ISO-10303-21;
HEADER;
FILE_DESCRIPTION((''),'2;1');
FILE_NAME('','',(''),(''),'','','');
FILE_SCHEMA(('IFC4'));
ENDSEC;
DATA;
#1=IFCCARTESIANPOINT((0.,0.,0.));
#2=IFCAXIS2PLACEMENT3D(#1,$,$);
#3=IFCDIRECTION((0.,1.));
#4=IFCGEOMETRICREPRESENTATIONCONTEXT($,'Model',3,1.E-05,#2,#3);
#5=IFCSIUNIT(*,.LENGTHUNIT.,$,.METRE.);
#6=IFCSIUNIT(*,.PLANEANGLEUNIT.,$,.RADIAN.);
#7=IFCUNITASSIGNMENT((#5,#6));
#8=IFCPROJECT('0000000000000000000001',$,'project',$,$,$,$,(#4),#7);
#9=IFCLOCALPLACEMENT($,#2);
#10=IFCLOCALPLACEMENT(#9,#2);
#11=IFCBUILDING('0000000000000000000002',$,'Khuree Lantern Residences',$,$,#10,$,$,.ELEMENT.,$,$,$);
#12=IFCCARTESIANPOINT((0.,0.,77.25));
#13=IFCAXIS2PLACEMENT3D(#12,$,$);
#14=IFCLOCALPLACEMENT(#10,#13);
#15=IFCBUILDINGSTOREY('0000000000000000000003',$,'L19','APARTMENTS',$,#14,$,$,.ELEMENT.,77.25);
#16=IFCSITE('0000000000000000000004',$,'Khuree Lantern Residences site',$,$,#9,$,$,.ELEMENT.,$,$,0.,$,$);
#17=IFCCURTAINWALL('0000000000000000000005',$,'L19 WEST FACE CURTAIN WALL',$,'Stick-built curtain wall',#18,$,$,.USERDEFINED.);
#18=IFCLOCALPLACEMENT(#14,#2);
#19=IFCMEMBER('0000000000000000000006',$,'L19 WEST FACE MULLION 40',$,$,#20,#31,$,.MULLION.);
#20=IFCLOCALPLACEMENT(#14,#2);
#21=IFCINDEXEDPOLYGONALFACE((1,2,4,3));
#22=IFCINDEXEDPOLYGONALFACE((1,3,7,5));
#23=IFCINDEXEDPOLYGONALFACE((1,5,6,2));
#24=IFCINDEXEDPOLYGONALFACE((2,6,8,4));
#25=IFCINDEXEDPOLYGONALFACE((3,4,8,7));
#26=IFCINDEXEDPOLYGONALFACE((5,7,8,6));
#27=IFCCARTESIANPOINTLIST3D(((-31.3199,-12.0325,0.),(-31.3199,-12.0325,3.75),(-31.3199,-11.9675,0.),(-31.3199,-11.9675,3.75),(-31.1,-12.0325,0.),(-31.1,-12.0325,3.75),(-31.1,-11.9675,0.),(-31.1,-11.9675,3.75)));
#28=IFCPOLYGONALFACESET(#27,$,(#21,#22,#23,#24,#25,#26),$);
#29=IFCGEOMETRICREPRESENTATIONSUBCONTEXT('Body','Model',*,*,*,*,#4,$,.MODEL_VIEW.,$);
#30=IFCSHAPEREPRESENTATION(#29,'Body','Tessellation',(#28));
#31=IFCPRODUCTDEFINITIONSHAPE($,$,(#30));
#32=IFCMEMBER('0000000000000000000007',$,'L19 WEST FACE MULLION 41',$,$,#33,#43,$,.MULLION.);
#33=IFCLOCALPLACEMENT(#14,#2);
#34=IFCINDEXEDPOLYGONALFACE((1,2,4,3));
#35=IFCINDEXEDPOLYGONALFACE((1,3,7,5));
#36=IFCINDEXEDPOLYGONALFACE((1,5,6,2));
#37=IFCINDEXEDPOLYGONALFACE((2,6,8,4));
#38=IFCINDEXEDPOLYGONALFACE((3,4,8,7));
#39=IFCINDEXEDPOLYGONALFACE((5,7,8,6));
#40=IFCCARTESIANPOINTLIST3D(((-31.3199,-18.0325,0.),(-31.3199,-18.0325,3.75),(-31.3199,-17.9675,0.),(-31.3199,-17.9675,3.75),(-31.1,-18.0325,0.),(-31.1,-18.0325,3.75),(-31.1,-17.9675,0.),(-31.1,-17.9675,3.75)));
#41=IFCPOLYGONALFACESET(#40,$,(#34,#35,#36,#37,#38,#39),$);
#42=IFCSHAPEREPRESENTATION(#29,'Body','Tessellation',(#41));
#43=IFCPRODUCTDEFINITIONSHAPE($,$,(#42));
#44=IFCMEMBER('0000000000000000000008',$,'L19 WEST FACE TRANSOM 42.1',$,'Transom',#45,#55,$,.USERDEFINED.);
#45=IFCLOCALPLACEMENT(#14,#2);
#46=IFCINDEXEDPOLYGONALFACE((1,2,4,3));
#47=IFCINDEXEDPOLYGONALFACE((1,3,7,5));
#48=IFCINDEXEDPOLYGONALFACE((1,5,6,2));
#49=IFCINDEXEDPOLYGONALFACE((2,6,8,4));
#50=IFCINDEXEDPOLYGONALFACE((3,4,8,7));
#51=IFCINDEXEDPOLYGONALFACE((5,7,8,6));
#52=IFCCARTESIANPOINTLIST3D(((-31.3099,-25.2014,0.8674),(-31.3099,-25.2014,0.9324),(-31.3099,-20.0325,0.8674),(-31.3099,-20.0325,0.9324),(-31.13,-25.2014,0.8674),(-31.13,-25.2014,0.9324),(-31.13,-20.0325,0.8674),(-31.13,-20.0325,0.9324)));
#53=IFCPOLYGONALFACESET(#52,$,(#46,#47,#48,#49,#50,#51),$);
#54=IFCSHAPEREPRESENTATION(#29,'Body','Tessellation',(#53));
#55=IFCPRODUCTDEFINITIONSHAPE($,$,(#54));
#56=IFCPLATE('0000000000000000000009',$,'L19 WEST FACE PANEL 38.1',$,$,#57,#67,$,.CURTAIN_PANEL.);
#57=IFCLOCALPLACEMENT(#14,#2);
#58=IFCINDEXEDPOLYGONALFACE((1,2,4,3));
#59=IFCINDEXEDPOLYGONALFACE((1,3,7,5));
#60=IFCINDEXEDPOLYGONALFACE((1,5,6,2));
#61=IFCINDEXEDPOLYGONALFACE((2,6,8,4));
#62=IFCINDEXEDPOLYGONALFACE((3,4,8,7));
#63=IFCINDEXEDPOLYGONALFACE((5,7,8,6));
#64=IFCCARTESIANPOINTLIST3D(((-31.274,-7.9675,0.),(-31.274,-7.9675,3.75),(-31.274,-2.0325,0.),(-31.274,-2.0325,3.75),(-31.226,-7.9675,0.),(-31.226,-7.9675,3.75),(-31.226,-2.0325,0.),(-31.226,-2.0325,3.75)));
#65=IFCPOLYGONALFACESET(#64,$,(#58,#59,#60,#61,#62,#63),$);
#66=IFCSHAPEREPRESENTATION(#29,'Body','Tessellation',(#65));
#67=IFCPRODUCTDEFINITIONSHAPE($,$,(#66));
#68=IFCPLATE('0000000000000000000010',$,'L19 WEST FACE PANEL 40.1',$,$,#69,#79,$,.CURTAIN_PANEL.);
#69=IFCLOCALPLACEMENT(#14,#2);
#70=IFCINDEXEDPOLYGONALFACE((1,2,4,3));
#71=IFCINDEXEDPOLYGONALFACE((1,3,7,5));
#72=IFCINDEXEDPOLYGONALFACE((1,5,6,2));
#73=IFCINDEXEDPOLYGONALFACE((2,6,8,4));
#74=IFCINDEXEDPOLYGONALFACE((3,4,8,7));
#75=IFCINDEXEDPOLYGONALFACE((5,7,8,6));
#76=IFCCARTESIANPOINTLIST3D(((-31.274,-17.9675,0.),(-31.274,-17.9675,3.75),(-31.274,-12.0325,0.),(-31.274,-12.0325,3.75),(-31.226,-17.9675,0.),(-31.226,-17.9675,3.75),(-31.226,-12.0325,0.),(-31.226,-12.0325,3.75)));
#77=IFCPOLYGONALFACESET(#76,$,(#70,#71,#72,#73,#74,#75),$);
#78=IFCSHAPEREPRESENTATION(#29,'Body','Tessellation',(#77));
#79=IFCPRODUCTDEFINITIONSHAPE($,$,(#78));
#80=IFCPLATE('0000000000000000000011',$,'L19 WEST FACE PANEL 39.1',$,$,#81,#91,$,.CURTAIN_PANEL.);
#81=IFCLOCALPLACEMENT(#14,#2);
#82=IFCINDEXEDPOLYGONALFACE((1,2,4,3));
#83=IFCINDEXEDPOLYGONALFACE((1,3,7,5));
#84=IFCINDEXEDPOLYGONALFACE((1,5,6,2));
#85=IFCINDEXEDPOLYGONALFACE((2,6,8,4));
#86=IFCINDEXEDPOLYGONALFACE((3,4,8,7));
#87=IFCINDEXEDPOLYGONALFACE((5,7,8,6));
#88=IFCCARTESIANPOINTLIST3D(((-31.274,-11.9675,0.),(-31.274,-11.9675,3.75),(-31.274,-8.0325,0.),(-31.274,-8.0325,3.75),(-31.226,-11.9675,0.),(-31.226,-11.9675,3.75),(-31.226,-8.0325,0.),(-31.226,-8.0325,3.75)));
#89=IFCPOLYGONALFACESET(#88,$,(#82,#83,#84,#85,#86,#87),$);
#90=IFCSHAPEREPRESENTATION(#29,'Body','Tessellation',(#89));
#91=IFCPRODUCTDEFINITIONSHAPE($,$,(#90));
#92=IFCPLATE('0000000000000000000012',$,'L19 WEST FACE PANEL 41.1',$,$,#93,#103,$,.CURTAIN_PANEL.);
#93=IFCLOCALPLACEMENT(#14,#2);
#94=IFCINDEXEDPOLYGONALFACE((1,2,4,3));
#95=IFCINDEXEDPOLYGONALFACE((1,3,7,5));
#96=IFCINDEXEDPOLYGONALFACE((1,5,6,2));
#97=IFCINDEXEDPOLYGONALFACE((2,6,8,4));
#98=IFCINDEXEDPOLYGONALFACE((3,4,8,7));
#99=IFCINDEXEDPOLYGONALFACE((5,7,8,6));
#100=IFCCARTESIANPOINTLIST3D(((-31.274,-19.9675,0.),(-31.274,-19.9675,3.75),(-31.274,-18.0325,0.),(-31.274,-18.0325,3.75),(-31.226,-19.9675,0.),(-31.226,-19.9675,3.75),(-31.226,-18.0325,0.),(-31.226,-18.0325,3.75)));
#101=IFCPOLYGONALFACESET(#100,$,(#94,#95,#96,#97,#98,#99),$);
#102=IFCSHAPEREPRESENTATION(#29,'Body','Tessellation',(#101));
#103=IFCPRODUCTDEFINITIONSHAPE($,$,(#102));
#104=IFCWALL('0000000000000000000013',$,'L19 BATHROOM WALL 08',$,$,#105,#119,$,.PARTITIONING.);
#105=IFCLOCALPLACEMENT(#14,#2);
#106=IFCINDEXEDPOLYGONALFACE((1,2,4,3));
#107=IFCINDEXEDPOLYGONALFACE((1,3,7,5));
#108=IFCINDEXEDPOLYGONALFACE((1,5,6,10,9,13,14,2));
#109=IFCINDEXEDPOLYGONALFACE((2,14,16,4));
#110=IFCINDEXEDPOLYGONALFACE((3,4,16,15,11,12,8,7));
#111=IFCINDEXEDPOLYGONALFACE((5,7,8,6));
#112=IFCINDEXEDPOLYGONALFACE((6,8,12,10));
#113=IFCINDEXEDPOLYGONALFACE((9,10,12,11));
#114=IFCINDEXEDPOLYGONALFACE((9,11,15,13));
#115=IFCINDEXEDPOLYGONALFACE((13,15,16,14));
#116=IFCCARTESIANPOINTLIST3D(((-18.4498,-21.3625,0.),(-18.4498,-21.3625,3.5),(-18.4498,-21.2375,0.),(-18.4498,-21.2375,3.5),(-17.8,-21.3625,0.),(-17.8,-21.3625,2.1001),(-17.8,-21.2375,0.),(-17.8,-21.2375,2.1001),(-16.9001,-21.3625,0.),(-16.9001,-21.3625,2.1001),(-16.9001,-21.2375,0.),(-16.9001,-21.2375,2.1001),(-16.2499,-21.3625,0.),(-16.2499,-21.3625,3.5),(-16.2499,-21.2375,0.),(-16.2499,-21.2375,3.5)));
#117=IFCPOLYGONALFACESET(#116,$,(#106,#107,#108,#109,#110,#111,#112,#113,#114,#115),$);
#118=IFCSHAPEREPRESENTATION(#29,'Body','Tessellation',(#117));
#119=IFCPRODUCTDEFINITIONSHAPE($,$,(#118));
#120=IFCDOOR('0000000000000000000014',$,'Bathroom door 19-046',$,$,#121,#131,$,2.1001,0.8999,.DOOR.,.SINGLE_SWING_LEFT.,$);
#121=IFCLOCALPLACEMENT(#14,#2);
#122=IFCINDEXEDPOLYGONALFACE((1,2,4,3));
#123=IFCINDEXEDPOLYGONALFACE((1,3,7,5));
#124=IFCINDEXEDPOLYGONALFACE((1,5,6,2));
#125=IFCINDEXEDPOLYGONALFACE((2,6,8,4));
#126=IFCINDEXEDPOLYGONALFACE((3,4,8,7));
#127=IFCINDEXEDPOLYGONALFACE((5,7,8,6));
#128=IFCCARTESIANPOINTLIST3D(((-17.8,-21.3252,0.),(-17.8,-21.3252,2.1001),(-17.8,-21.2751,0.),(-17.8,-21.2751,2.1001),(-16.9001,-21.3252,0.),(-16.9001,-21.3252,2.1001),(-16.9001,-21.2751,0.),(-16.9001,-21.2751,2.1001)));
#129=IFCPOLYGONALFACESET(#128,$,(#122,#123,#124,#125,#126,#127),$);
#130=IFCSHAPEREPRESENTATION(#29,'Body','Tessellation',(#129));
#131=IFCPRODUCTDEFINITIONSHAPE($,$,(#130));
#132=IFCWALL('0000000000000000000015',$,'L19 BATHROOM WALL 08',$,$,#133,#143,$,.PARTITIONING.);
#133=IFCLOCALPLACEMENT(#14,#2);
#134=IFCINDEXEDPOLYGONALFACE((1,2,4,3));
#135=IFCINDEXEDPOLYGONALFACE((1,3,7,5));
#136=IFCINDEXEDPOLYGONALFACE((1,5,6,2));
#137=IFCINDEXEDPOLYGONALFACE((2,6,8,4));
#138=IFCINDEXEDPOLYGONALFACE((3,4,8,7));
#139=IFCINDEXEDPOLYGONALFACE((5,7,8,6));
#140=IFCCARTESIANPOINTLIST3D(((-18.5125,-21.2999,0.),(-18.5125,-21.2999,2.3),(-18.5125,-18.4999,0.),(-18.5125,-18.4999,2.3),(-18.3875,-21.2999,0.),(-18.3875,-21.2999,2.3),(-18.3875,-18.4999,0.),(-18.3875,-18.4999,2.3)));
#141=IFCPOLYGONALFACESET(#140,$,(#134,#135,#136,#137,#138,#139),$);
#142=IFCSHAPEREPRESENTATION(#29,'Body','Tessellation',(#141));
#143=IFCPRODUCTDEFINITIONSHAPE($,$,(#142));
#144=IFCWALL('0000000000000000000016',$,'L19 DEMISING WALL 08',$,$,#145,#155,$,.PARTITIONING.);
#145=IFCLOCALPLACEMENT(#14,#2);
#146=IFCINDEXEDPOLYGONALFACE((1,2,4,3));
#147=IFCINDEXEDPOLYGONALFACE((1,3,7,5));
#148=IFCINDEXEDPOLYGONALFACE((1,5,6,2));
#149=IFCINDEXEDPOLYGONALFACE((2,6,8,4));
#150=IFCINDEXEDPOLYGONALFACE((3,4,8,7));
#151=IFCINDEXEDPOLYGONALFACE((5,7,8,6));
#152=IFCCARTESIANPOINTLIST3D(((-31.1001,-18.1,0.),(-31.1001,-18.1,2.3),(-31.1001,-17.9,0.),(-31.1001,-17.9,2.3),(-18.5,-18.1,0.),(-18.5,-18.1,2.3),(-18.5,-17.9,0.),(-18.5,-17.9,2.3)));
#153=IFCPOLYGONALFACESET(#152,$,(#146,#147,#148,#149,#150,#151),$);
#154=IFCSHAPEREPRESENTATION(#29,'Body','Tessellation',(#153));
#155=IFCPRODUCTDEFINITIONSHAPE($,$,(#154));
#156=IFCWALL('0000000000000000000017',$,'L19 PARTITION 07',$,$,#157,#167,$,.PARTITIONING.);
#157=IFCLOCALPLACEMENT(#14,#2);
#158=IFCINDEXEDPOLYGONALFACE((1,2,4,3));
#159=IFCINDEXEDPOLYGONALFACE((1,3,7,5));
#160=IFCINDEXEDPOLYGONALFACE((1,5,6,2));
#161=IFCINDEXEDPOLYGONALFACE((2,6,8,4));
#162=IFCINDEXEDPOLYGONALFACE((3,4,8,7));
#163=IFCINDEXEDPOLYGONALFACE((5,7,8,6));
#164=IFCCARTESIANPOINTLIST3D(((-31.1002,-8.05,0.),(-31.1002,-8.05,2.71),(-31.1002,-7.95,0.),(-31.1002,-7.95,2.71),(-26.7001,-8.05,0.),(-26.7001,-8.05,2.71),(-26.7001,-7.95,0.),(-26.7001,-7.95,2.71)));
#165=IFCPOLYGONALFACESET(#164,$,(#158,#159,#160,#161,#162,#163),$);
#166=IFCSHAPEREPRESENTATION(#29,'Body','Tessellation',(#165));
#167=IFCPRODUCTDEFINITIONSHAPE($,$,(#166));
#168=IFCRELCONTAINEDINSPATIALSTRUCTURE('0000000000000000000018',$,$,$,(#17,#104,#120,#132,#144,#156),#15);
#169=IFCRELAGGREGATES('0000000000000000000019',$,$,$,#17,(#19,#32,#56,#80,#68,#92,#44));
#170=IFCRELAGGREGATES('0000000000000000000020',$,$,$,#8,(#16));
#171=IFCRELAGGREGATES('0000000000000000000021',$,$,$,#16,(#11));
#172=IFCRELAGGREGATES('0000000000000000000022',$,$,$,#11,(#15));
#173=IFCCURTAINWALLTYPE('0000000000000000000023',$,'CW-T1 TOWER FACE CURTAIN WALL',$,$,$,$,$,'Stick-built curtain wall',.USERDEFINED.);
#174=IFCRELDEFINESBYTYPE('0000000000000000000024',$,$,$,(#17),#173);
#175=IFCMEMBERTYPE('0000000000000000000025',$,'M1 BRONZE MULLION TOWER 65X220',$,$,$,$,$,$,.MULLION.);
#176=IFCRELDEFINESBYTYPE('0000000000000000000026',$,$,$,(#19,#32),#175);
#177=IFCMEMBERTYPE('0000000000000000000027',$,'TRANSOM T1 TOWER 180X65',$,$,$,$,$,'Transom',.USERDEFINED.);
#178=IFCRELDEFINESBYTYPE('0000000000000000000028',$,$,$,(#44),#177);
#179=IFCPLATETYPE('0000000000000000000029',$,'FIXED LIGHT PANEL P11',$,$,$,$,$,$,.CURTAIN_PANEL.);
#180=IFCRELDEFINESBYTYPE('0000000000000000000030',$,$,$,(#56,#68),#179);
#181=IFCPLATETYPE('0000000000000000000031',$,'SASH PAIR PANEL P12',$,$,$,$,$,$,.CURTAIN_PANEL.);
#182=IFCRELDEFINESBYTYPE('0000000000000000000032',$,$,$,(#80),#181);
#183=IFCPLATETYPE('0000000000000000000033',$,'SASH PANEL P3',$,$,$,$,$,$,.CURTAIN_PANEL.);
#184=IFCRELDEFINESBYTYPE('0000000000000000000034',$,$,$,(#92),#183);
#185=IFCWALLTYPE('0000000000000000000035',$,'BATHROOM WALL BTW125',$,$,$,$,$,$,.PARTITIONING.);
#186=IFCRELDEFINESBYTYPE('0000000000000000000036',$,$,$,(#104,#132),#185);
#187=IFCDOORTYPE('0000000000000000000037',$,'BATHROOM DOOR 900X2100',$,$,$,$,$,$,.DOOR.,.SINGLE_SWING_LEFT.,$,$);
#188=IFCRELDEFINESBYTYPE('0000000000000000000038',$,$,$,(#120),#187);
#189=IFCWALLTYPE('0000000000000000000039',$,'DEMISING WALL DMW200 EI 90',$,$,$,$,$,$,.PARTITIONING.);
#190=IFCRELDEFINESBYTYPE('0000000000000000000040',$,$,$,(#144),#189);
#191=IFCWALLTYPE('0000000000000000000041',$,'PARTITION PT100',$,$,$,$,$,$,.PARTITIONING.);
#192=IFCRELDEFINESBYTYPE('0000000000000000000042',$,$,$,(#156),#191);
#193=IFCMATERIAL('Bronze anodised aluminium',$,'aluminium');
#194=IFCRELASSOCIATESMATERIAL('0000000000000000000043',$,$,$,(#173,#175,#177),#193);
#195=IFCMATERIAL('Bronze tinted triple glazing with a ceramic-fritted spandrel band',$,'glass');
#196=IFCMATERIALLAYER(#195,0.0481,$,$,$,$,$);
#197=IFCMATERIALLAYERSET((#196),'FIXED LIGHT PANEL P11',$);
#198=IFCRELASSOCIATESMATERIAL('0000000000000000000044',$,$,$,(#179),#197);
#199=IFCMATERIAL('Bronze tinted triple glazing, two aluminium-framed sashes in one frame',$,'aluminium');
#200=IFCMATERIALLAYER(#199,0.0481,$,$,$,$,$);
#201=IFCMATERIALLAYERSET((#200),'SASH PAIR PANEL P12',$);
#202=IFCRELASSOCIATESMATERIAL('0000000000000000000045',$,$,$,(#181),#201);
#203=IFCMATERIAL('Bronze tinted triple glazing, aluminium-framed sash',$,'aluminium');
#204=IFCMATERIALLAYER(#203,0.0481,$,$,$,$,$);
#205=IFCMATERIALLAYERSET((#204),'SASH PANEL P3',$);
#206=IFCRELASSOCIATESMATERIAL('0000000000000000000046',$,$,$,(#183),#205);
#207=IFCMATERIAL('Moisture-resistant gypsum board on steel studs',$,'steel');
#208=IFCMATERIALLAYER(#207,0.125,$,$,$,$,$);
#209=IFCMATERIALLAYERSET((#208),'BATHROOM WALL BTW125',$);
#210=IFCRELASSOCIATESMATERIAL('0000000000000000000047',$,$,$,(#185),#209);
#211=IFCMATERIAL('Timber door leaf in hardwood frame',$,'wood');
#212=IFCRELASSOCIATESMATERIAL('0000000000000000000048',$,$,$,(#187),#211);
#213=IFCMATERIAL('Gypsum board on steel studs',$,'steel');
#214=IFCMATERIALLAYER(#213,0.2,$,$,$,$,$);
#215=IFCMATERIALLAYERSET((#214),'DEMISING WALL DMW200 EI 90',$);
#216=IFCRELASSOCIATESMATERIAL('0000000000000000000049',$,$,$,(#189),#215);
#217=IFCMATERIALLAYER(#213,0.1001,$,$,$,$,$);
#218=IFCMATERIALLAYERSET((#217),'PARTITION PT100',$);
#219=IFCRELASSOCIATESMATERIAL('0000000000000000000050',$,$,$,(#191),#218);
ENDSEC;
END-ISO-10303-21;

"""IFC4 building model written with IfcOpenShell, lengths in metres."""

from ifc_helpers import new_model, si_unit, direction, frame, frame_2d, origin, origin_2d, place, context, subcontext, project, spatial, rectangle, extrude, material, layer, layer_set, material_profile, profile_set, type_object, element, fill, aggregate, save


model = new_model("IFC4")

# Units and contexts
model_context = context("Model", 3, precision=1e-05, world=origin(), true_north=direction((0.0, 1.0)))
body_context = subcontext(model_context, "Body", "Model", "MODEL_VIEW")
ifc_project = project(units=[si_unit("LENGTHUNIT", "METRE"), si_unit("PLANEANGLEUNIT", "RADIAN")], contexts=[model_context])

# Site, building, storey
site_placement = place(None, origin())
site = spatial("IfcSite", under=ifc_project, at=site_placement, Name="Khuree Lantern Residences site", CompositionType="ELEMENT", RefElevation=0.0)
building_placement = place(site_placement, origin())
building = spatial("IfcBuilding", under=site, at=building_placement, Name="Khuree Lantern Residences", CompositionType="ELEMENT")
storey_placement = place(building_placement, frame((0.0, 0.0, 77.25)))
storey = spatial("IfcBuildingStorey", under=building, at=storey_placement, Name="L19", Description="APARTMENTS", CompositionType="ELEMENT", Elevation=77.25)

# Curtain wall
ifc_material_1 = material(Name="Bronze anodised aluminium", Category="aluminium")
curtain_wall_type = type_object("IfcCurtainWallType", Name="CW-T1 TOWER FACE CURTAIN WALL", ElementType="Stick-built curtain wall", PredefinedType="USERDEFINED", material=ifc_material_1)
curtain_wall_placement = place(storey_placement, origin())
curtain_wall = element("IfcCurtainWall", 1, at=curtain_wall_placement, inside=storey, type_object=curtain_wall_type, Name="L19 WEST FACE CURTAIN WALL", ObjectType="Stick-built curtain wall", PredefinedType="USERDEFINED")

# Members
ifc_material_profile_1 = material_profile(ifc_material_1, rectangle(XDim=0.0649, YDim=0.22, at=origin_2d()), Name="M1 65X220")
ifc_profile_set_1 = profile_set([ifc_material_profile_1], Name="Bronze anodised aluminium")
member_type_1 = type_object("IfcMemberType", Name="M1 BRONZE MULLION TOWER 65X220", PredefinedType="MULLION", material=ifc_profile_set_1)
member_1_placement = place(storey_placement, frame((-31.21, -12.0, 0.0), z_axis=(0.0, 0.0, 1.0), x_axis=(0.0, -1.0, 0.0)))
member_1 = element("IfcMember", 2, at=member_1_placement, type_object=member_type_1, Name="L19 WEST FACE MULLION 40", PredefinedType="MULLION", context=body_context, shape_type="SweptSolid", body=[
    extrude(rectangle(XDim=0.0649, YDim=0.22, at=origin_2d()), origin(), (0.0, 0.0, 1.0), 3.75),
])
member_2_placement = place(storey_placement, frame((-31.21, -18.0, 0.0), z_axis=(0.0, 0.0, 1.0), x_axis=(0.0, -1.0, 0.0)))
member_2 = element("IfcMember", 3, at=member_2_placement, type_object=member_type_1, Name="L19 WEST FACE MULLION 41", PredefinedType="MULLION", context=body_context, shape_type="SweptSolid", body=[
    extrude(rectangle(XDim=0.0649, YDim=0.22, at=origin_2d()), origin(), (0.0, 0.0, 1.0), 3.75),
])
ifc_material_profile_2 = material_profile(ifc_material_1, rectangle(XDim=0.1799, YDim=0.0649, at=origin_2d()), Name="T1 180X65")
ifc_profile_set_2 = profile_set([ifc_material_profile_2], Name="Bronze anodised aluminium")
member_type_2 = type_object("IfcMemberType", Name="TRANSOM T1 TOWER 180X65", ElementType="Transom", PredefinedType="USERDEFINED", material=ifc_profile_set_2)
member_3_placement = place(storey_placement, frame((-31.22, -20.0325, 0.8999), z_axis=(0.0, -1.0, 0.0), x_axis=(1.0, 0.0, 0.0)))
member_3 = element("IfcMember", 4, at=member_3_placement, type_object=member_type_2, Name="L19 WEST FACE TRANSOM 42.1", ObjectType="Transom", PredefinedType="USERDEFINED", context=body_context, shape_type="SweptSolid", body=[
    extrude(rectangle(XDim=0.1799, YDim=0.0649, at=origin_2d()), origin(), (0.0, 0.0, 1.0), 5.1689),
])

# Plates
ifc_material_2 = material(Name="Bronze tinted triple glazing with a ceramic-fritted spandrel band", Category="glass")
ifc_layer_1 = layer(ifc_material_2, 0.0481)
ifc_layer_set_1 = layer_set([ifc_layer_1], Name="FIXED LIGHT PANEL P11")
plate_type_1 = type_object("IfcPlateType", Name="FIXED LIGHT PANEL P11", PredefinedType="CURTAIN_PANEL", material=ifc_layer_set_1)
plate_1_placement = place(storey_placement, frame((-31.25, -5.0, 0.0), z_axis=(0.0, 0.0, 1.0), x_axis=(0.0, -1.0, 0.0)))
plate_1 = element("IfcPlate", 5, at=plate_1_placement, type_object=plate_type_1, Name="L19 WEST FACE PANEL 38.1", PredefinedType="CURTAIN_PANEL", context=body_context, shape_type="SweptSolid", body=[
    extrude(rectangle(XDim=5.9351, YDim=0.0481, at=origin_2d()), origin(), (0.0, 0.0, 1.0), 3.75),
])
plate_2_placement = place(storey_placement, frame((-31.25, -15.0, 0.0), z_axis=(0.0, 0.0, 1.0), x_axis=(0.0, -1.0, 0.0)))
plate_2 = element("IfcPlate", 6, at=plate_2_placement, type_object=plate_type_1, Name="L19 WEST FACE PANEL 40.1", PredefinedType="CURTAIN_PANEL", context=body_context, shape_type="SweptSolid", body=[
    extrude(rectangle(XDim=5.9351, YDim=0.0481, at=origin_2d()), origin(), (0.0, 0.0, 1.0), 3.75),
])
ifc_material_3 = material(Name="Bronze tinted triple glazing, two aluminium-framed sashes in one frame", Category="aluminium")
ifc_layer_2 = layer(ifc_material_3, 0.0481)
ifc_layer_set_2 = layer_set([ifc_layer_2], Name="SASH PAIR PANEL P12")
plate_type_2 = type_object("IfcPlateType", Name="SASH PAIR PANEL P12", PredefinedType="CURTAIN_PANEL", material=ifc_layer_set_2)
plate_3_placement = place(storey_placement, frame((-31.25, -10.0, 0.0), z_axis=(0.0, 0.0, 1.0), x_axis=(0.0, -1.0, 0.0)))
plate_3 = element("IfcPlate", 7, at=plate_3_placement, type_object=plate_type_2, Name="L19 WEST FACE PANEL 39.1", PredefinedType="CURTAIN_PANEL", context=body_context, shape_type="SweptSolid", body=[
    extrude(rectangle(XDim=3.9351, YDim=0.0481, at=origin_2d()), origin(), (0.0, 0.0, 1.0), 3.75),
])
ifc_material_4 = material(Name="Bronze tinted triple glazing, aluminium-framed sash", Category="aluminium")
ifc_layer_3 = layer(ifc_material_4, 0.0481)
ifc_layer_set_3 = layer_set([ifc_layer_3], Name="SASH PANEL P3")
plate_type_3 = type_object("IfcPlateType", Name="SASH PANEL P3", PredefinedType="CURTAIN_PANEL", material=ifc_layer_set_3)
plate_4_placement = place(storey_placement, frame((-31.25, -19.0, 0.0), z_axis=(0.0, 0.0, 1.0), x_axis=(0.0, -1.0, 0.0)))
plate_4 = element("IfcPlate", 8, at=plate_4_placement, type_object=plate_type_3, Name="L19 WEST FACE PANEL 41.1", PredefinedType="CURTAIN_PANEL", context=body_context, shape_type="SweptSolid", body=[
    extrude(rectangle(XDim=1.9351, YDim=0.0481, at=origin_2d()), origin(), (0.0, 0.0, 1.0), 3.75),
])
aggregate(curtain_wall, [member_1, member_2, plate_1, plate_3, plate_2, plate_4, member_3])

# Wall, opening, door
ifc_material_5 = material(Name="Moisture-resistant gypsum board on steel studs", Category="steel")
ifc_layer_4 = layer(ifc_material_5, 0.125)
ifc_layer_set_4 = layer_set([ifc_layer_4], Name="BATHROOM WALL BTW125")
wall_type_1 = type_object("IfcWallType", Name="BATHROOM WALL BTW125", PredefinedType="PARTITIONING", material=ifc_layer_set_4)
wall_1_placement = place(storey_placement, frame((-18.45, -21.3, 0.0), z_axis=(0.0, 0.0, 1.0), x_axis=(1.0, 0.0, 0.0)))
wall_1 = element("IfcWall", 9, at=wall_1_placement, inside=storey, type_object=wall_type_1, Name="L19 BATHROOM WALL 08", PredefinedType="PARTITIONING", context=body_context, shape_type="SweptSolid", body=[
    extrude(rectangle(XDim=2.2, YDim=0.125, at=frame_2d((1.1001, 0.0))), origin(), (0.0, 0.0, 1.0), 3.5),
])
opening_1_placement = place(wall_1_placement, frame((0.6499, 0.0, 0.0)))
opening_1 = element("IfcOpeningElement", 10, at=opening_1_placement, cuts=wall_1, PredefinedType="OPENING", context=body_context, shape_type="SweptSolid", body=[
    extrude(rectangle(XDim=0.8999, YDim=2.1001, at=frame_2d((0.45, 1.05))), frame((0.0, 0.0725, 0.0), z_axis=(0.0, -1.0, 0.0), x_axis=(1.0, 0.0, 0.0)), (0.0, 0.0, 1.0), 0.145),
])
ifc_material_6 = material(Name="Timber door leaf in hardwood frame", Category="wood")
door_type_1 = type_object("IfcDoorType", Name="BATHROOM DOOR 900X2100", OperationType="SINGLE_SWING_LEFT", PredefinedType="DOOR", material=ifc_material_6)
door_1_placement = place(opening_1_placement, origin())
door_1 = element("IfcDoor", 11, at=door_1_placement, inside=storey, type_object=door_type_1, Name="Bathroom door 19-046", OperationType="SINGLE_SWING_LEFT", OverallHeight=2.1001, OverallWidth=0.8999, PredefinedType="DOOR", context=body_context, shape_type="SweptSolid", body=[
    extrude(rectangle(XDim=0.8999, YDim=2.1001, at=frame_2d((0.45, 1.05))), frame((0.0, 0.0249, 0.0), z_axis=(0.0, -1.0, 0.0), x_axis=(1.0, 0.0, 0.0)), (0.0, 0.0, 1.0), 0.05),
])
fill(opening_1, door_1)

# Walls
wall_2_placement = place(storey_placement, frame((-18.45, -18.5, 0.0), z_axis=(0.0, 0.0, 1.0), x_axis=(0.0, -1.0, 0.0)))
element("IfcWall", 12, at=wall_2_placement, inside=storey, type_object=wall_type_1, Name="L19 BATHROOM WALL 08", PredefinedType="PARTITIONING", context=body_context, shape_type="SweptSolid", body=[
    extrude(rectangle(XDim=2.8, YDim=0.125, at=frame_2d((1.3999, 0.0))), origin(), (0.0, 0.0, 1.0), 2.3),
])
ifc_material_7 = material(Name="Gypsum board on steel studs", Category="steel")
ifc_layer_5 = layer(ifc_material_7, 0.2)
ifc_layer_set_5 = layer_set([ifc_layer_5], Name="DEMISING WALL DMW200 EI 90")
wall_type_2 = type_object("IfcWallType", Name="DEMISING WALL DMW200 EI 90", PredefinedType="PARTITIONING", material=ifc_layer_set_5)
wall_3_placement = place(storey_placement, frame((-18.5, -18.0, 0.0), z_axis=(0.0, 0.0, 1.0), x_axis=(-1.0, 0.0, 0.0)))
element("IfcWall", 13, at=wall_3_placement, inside=storey, type_object=wall_type_2, Name="L19 DEMISING WALL 08", PredefinedType="PARTITIONING", context=body_context, shape_type="SweptSolid", body=[
    extrude(rectangle(XDim=12.6001, YDim=0.2, at=frame_2d((6.3, 0.0))), origin(), (0.0, 0.0, 1.0), 2.3),
])
ifc_layer_6 = layer(ifc_material_7, 0.1001)
ifc_layer_set_6 = layer_set([ifc_layer_6], Name="PARTITION PT100")
wall_type_3 = type_object("IfcWallType", Name="PARTITION PT100", PredefinedType="PARTITIONING", material=ifc_layer_set_6)
wall_4_placement = place(storey_placement, frame((-26.7, -8.0, 0.0), z_axis=(0.0, 0.0, 1.0), x_axis=(-1.0, 0.0, 0.0)))
element("IfcWall", 14, at=wall_4_placement, inside=storey, type_object=wall_type_3, Name="L19 PARTITION 07", PredefinedType="PARTITIONING", context=body_context, shape_type="SweptSolid", body=[
    extrude(rectangle(XDim=4.4001, YDim=0.1001, at=frame_2d((2.2002, 0.0))), origin(), (0.0, 0.0, 1.0), 2.71),
])

save(model, "model.ifc")
